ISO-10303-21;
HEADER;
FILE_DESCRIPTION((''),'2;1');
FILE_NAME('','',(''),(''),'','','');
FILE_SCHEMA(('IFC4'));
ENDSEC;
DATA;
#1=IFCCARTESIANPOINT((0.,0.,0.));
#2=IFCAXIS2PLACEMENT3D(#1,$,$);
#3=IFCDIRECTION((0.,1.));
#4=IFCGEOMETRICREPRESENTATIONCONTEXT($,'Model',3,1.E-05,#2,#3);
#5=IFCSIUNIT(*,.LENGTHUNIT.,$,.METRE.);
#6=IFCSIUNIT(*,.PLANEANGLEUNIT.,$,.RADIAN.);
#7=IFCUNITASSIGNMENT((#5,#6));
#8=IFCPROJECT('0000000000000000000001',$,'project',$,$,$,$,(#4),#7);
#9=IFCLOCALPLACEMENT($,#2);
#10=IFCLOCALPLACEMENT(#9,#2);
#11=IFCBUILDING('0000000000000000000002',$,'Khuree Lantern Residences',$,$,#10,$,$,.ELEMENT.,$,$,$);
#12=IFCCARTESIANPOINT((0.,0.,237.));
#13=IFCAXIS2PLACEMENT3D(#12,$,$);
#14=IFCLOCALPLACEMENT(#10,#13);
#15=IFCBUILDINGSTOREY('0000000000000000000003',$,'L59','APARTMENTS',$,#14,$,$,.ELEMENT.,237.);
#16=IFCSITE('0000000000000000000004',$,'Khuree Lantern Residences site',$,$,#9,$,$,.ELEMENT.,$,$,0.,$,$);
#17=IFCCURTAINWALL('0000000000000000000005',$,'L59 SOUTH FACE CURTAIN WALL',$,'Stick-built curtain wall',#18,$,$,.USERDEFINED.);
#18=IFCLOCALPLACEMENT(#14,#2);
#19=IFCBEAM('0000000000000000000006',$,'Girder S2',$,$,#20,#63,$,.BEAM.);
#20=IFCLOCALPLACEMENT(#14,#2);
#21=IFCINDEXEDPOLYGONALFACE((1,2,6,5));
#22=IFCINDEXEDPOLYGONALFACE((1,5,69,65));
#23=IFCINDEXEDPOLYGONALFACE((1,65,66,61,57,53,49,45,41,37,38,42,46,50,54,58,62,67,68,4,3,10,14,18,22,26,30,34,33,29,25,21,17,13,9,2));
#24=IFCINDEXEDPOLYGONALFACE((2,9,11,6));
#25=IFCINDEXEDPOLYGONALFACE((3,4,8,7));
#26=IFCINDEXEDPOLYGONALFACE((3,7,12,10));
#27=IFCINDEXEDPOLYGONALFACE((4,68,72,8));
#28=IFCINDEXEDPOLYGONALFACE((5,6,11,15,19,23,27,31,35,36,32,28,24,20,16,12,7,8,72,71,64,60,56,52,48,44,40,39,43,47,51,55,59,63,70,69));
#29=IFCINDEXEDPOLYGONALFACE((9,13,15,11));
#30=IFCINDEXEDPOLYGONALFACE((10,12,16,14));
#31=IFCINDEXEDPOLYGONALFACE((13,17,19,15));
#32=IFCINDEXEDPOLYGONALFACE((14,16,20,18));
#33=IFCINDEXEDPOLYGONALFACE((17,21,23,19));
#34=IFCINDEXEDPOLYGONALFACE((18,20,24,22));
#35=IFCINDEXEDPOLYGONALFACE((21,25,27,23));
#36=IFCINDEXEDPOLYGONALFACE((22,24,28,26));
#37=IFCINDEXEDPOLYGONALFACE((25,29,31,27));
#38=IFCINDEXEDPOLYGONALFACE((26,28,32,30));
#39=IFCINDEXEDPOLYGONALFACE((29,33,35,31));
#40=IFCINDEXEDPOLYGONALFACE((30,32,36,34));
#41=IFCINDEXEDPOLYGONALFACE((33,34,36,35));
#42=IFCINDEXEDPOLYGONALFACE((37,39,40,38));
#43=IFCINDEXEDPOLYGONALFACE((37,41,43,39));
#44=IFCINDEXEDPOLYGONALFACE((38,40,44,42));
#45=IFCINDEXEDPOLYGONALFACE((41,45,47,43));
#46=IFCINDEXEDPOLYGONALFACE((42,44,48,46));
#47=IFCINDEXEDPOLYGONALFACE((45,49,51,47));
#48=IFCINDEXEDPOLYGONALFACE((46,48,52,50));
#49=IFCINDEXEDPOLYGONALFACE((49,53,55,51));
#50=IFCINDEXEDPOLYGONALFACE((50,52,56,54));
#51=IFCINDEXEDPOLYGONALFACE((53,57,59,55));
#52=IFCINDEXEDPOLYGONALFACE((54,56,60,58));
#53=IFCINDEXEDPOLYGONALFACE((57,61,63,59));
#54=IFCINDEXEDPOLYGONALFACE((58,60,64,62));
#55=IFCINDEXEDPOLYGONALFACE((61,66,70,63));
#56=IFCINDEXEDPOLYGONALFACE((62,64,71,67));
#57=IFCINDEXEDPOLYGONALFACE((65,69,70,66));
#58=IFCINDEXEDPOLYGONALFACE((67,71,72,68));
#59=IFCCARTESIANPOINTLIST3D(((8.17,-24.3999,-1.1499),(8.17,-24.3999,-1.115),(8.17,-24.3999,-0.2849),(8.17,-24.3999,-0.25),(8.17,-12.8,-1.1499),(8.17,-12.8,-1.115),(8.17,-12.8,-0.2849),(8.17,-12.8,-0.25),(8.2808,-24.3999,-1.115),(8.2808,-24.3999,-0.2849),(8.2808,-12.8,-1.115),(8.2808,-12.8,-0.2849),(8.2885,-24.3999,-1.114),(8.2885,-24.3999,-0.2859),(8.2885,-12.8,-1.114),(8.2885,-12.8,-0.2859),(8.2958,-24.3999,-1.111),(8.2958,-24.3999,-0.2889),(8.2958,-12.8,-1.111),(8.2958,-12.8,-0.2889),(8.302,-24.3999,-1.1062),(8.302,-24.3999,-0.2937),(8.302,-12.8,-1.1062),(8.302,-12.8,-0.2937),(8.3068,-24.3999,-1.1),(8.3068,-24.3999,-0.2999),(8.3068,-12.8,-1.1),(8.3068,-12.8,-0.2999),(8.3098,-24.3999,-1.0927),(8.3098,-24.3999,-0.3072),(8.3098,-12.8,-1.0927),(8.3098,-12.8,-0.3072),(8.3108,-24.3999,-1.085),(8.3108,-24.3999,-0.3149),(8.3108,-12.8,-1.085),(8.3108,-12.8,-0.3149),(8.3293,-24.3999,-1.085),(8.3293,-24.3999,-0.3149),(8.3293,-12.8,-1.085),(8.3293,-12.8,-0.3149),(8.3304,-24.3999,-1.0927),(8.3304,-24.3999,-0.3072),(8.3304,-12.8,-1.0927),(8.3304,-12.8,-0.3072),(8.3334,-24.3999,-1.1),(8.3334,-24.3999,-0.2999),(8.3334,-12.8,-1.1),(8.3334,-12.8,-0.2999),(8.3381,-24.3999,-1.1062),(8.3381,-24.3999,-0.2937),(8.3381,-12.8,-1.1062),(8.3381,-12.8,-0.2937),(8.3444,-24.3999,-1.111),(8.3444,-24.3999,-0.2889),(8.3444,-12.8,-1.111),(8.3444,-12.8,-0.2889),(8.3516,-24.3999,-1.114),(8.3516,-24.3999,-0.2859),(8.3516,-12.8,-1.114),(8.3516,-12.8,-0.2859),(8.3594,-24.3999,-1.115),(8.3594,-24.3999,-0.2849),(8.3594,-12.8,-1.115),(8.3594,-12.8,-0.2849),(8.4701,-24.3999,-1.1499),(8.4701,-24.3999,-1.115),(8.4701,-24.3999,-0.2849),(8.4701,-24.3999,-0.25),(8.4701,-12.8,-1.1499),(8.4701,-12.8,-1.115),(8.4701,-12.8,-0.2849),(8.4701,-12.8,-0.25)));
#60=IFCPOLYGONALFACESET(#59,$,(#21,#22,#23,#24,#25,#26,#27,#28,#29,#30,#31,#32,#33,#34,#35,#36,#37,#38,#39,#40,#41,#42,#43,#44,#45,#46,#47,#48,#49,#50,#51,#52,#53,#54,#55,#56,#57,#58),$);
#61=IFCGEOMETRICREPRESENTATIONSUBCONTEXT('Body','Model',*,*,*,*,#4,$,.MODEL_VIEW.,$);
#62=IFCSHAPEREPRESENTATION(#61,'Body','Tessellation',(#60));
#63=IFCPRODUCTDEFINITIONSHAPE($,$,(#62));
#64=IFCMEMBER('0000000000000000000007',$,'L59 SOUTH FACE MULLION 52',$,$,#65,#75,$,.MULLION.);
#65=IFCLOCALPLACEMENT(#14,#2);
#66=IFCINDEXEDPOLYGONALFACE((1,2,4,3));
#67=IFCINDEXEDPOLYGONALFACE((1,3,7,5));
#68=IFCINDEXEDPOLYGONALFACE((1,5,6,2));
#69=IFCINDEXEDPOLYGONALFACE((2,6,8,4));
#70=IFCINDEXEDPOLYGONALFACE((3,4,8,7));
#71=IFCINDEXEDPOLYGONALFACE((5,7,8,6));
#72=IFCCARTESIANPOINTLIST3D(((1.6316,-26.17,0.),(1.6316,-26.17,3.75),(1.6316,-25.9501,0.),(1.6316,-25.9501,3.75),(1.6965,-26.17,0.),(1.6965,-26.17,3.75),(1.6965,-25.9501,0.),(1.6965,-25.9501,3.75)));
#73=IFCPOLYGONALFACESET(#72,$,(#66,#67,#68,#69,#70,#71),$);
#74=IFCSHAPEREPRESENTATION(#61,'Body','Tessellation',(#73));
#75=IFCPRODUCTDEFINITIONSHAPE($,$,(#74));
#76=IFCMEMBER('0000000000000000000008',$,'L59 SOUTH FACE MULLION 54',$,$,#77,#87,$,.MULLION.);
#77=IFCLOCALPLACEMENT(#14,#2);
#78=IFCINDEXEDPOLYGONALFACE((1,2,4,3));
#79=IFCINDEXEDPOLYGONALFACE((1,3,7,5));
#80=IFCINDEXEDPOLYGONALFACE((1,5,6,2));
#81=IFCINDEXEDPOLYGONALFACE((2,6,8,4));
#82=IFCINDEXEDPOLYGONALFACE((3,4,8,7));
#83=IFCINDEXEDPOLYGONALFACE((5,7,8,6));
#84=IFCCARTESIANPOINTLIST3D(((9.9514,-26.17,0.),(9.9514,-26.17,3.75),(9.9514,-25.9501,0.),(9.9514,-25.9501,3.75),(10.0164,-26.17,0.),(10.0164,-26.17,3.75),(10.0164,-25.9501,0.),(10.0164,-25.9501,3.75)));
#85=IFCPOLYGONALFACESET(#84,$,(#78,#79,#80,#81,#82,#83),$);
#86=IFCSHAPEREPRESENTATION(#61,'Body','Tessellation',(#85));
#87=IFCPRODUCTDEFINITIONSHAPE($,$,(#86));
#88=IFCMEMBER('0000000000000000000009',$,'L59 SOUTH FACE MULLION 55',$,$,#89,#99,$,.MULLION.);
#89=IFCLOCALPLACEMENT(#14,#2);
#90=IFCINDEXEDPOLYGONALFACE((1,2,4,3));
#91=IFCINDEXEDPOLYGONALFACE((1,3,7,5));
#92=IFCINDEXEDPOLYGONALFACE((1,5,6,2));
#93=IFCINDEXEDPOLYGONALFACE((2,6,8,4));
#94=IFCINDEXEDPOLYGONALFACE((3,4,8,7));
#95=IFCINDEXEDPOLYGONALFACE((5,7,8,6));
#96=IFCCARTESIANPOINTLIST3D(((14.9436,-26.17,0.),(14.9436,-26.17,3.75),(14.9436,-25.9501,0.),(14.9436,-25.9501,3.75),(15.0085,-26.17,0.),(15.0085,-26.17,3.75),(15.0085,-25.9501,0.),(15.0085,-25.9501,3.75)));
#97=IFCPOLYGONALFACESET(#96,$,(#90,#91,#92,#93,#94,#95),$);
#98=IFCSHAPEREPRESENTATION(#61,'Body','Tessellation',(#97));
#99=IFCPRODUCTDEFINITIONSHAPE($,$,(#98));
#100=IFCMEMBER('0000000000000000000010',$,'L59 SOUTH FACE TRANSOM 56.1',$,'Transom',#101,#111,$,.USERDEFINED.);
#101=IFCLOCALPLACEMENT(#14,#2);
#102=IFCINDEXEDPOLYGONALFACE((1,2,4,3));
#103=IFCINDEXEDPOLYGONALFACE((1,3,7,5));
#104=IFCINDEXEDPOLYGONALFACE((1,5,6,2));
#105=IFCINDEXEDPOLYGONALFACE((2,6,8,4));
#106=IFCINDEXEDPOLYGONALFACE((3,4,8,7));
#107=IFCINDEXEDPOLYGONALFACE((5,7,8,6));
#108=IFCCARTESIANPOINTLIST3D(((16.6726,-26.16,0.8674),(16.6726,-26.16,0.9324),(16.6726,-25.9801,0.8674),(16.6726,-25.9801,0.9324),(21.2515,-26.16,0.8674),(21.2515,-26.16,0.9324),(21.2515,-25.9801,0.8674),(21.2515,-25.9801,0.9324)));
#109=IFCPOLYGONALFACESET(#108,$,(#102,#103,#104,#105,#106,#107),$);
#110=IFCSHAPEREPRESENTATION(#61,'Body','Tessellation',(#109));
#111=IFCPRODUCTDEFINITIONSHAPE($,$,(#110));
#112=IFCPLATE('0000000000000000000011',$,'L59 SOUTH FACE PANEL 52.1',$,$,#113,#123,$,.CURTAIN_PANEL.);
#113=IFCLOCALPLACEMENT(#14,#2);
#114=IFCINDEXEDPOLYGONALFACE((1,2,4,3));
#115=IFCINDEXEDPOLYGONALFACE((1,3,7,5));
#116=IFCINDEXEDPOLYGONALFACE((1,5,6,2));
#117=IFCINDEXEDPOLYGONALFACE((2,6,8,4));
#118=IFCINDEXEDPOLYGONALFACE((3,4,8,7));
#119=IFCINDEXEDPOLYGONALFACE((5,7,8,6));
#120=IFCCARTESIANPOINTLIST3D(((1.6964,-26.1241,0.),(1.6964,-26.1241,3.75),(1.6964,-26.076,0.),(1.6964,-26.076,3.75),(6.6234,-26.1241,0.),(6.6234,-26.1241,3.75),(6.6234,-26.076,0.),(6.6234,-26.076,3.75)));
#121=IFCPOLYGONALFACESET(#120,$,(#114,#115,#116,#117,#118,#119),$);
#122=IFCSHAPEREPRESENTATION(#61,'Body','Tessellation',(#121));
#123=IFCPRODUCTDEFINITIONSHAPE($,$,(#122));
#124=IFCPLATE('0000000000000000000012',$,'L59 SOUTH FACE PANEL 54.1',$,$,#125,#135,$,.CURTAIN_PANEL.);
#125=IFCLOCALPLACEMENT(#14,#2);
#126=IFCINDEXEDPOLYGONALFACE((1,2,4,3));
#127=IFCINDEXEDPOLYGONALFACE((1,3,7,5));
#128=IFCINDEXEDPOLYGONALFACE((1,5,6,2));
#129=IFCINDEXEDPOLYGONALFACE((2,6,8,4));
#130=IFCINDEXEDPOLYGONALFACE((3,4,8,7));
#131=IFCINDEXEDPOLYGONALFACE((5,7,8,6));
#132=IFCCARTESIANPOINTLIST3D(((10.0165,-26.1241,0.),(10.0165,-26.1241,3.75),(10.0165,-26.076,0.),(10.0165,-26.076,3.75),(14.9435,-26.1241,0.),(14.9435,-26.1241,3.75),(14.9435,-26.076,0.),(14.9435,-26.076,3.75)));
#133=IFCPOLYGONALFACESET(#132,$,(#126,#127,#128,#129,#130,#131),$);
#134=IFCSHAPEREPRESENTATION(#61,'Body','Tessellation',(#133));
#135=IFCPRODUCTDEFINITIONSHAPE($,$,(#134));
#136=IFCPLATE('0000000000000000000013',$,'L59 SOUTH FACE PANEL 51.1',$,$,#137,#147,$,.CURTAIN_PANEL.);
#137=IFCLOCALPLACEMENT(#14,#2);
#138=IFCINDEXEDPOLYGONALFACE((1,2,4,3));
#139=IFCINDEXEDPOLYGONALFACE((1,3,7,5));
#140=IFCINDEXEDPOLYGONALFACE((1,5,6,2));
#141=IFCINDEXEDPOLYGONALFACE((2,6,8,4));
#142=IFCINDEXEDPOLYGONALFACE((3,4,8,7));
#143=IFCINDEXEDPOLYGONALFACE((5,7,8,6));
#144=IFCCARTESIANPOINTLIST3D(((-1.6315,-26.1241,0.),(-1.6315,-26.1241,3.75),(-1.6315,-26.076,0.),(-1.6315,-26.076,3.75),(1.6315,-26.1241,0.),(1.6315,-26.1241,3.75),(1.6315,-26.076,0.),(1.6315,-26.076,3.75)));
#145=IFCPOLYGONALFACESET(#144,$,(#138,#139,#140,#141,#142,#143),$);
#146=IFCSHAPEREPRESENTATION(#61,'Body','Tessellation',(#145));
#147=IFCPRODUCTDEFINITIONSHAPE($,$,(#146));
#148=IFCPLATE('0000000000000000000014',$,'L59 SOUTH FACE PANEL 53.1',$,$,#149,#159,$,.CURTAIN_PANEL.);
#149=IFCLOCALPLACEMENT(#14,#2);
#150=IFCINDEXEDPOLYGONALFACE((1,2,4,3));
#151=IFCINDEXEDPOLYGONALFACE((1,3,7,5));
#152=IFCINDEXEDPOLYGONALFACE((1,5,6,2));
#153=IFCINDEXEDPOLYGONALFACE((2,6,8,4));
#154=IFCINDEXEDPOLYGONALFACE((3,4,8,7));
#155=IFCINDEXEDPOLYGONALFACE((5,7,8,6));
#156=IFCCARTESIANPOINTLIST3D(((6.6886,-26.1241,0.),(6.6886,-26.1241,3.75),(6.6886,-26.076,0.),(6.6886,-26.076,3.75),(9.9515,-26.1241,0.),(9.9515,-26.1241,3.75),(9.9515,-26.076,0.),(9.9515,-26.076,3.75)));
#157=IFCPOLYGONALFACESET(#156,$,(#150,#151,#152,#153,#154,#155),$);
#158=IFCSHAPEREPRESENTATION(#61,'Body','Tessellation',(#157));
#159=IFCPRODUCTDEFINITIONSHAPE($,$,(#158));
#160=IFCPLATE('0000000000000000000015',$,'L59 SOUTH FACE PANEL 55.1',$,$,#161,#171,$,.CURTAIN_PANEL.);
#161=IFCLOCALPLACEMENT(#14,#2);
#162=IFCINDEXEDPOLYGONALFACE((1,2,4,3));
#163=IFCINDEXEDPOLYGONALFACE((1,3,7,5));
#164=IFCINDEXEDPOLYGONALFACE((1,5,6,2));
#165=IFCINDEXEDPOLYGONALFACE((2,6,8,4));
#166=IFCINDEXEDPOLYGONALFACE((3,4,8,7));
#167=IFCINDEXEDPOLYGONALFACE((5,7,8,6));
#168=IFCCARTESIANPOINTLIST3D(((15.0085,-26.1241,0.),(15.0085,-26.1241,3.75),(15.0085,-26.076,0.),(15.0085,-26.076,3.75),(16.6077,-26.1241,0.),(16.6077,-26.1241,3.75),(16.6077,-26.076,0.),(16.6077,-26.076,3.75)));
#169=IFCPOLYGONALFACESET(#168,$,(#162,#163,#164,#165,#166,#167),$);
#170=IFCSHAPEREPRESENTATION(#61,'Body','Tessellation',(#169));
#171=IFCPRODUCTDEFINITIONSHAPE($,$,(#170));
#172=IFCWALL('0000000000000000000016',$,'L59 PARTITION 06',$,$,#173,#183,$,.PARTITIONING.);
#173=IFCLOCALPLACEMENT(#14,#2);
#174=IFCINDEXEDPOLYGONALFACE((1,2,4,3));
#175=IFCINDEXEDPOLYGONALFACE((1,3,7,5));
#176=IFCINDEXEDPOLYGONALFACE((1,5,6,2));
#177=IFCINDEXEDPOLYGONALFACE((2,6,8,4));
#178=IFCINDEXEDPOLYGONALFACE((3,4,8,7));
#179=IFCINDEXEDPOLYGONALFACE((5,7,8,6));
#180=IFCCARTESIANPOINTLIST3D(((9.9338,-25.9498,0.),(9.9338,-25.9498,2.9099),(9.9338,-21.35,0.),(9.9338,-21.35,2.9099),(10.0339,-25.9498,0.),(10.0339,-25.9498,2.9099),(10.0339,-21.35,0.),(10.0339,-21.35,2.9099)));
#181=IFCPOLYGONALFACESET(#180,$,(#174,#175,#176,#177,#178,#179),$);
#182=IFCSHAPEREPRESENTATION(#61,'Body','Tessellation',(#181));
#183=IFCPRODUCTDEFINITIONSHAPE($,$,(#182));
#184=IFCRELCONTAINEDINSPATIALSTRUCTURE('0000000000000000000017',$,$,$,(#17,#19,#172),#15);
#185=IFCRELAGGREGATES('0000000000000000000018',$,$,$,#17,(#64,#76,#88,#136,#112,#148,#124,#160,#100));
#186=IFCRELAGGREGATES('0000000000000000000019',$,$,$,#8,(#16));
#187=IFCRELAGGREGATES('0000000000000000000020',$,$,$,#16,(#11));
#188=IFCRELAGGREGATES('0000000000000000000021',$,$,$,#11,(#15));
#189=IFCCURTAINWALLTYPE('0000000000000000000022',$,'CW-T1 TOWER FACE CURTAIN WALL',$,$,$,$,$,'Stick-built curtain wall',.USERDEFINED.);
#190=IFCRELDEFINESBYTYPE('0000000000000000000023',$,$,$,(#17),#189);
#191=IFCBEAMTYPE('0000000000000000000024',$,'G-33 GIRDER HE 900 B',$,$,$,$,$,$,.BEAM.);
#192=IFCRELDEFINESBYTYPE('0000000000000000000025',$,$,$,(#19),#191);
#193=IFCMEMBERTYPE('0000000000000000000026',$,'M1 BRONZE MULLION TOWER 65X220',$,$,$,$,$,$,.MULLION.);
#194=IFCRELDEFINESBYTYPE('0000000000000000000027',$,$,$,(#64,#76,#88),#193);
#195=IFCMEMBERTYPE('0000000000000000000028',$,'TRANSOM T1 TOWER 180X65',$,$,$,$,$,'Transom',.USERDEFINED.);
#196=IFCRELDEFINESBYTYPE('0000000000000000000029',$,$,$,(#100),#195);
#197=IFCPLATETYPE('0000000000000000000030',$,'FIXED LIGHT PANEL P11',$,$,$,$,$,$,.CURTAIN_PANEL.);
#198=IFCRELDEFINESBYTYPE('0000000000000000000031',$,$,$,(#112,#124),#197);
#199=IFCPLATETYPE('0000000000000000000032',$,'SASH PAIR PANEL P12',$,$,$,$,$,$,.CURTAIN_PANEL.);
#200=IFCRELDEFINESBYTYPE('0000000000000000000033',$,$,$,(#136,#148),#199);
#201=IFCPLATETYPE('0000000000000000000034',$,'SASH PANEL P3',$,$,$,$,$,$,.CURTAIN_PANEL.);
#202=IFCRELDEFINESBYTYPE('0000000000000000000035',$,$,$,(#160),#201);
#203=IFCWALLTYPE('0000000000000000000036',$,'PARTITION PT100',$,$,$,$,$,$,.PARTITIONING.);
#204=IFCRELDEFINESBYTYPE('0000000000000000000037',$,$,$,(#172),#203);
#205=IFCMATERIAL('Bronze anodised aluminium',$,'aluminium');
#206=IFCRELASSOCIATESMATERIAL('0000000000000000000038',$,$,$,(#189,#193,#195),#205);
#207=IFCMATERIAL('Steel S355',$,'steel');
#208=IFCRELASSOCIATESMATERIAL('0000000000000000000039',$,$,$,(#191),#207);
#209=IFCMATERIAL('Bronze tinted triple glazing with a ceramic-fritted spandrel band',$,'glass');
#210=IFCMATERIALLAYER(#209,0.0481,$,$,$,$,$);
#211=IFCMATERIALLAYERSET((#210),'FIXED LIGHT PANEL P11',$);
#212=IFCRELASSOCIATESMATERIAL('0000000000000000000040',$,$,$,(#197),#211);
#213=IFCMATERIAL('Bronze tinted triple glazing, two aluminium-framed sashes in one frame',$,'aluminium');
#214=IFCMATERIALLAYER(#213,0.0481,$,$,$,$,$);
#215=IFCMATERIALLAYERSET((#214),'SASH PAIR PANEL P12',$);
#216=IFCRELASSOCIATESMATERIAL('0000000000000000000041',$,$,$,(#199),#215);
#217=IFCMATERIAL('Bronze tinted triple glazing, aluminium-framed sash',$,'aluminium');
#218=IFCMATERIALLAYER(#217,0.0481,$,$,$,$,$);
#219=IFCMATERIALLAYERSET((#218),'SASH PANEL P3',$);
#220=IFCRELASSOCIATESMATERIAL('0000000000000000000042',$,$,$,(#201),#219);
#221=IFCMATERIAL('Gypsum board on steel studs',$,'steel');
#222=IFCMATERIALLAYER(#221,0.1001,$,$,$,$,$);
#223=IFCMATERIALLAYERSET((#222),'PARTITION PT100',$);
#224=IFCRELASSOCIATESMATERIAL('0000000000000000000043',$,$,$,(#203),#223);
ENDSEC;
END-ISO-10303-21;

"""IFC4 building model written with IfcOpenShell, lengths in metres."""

from ifc_helpers import new_model, si_unit, direction, frame, frame_2d, origin, origin_2d, place, context, subcontext, project, spatial, rectangle, i_section, extrude, material, layer, layer_set, material_profile, profile_set, type_object, element, aggregate, save


model = new_model("IFC4")

# Units and contexts
model_context = context("Model", 3, precision=1e-05, world=origin(), true_north=direction((0.0, 1.0)))
body_context = subcontext(model_context, "Body", "Model", "MODEL_VIEW")
ifc_project = project(units=[si_unit("LENGTHUNIT", "METRE"), si_unit("PLANEANGLEUNIT", "RADIAN")], contexts=[model_context])

# Site, building, storey
site_placement = place(None, origin())
site = spatial("IfcSite", under=ifc_project, at=site_placement, Name="Khuree Lantern Residences site", CompositionType="ELEMENT", RefElevation=0.0)
building_placement = place(site_placement, origin())
building = spatial("IfcBuilding", under=site, at=building_placement, Name="Khuree Lantern Residences", CompositionType="ELEMENT")
storey_placement = place(building_placement, frame((0.0, 0.0, 237.0)))
storey = spatial("IfcBuildingStorey", under=building, at=storey_placement, Name="L59", Description="APARTMENTS", CompositionType="ELEMENT", Elevation=237.0)

# Shared definitions
ifc_material_1 = material(Name="Steel S355", Category="steel")

# Curtain wall
ifc_material_2 = material(Name="Bronze anodised aluminium", Category="aluminium")
curtain_wall_type = type_object("IfcCurtainWallType", Name="CW-T1 TOWER FACE CURTAIN WALL", ElementType="Stick-built curtain wall", PredefinedType="USERDEFINED", material=ifc_material_2)
curtain_wall_placement = place(storey_placement, origin())
curtain_wall = element("IfcCurtainWall", 1, at=curtain_wall_placement, inside=storey, type_object=curtain_wall_type, Name="L59 SOUTH FACE CURTAIN WALL", ObjectType="Stick-built curtain wall", PredefinedType="USERDEFINED")

# Beam
ifc_material_profile_1 = material_profile(ifc_material_1, i_section(OverallWidth=0.3, OverallDepth=0.8999, WebThickness=0.0186, FlangeThickness=0.0349, FilletRadius=0.03, at=origin_2d()), Name="HE 900 B")
ifc_profile_set_1 = profile_set([ifc_material_profile_1], Name="Steel S355")
beam_type_1 = type_object("IfcBeamType", Name="G-33 GIRDER HE 900 B", PredefinedType="BEAM", material=ifc_profile_set_1)
beam_1_placement = place(storey_placement, frame((8.3201, -24.3999, -0.7), z_axis=(0.0, 1.0, 0.0), x_axis=(-1.0, 0.0, 0.0)))
element("IfcBeam", 2, at=beam_1_placement, inside=storey, type_object=beam_type_1, Name="Girder S2", PredefinedType="BEAM", context=body_context, shape_type="SweptSolid", body=[
    extrude(i_section(OverallWidth=0.3, OverallDepth=0.8999, WebThickness=0.0186, FlangeThickness=0.0349, FilletRadius=0.03, at=origin_2d()), origin(), (0.0, 0.0, 1.0), 11.5999),
])

# Members
ifc_material_profile_2 = material_profile(ifc_material_2, rectangle(XDim=0.0649, YDim=0.22, at=origin_2d()), Name="M1 65X220")
ifc_profile_set_2 = profile_set([ifc_material_profile_2], Name="Bronze anodised aluminium")
member_type_1 = type_object("IfcMemberType", Name="M1 BRONZE MULLION TOWER 65X220", PredefinedType="MULLION", material=ifc_profile_set_2)
member_1_placement = place(storey_placement, frame((1.6641, -26.0601, 0.0), z_axis=(0.0, 0.0, 1.0), x_axis=(1.0, 0.0, 0.0)))
member_1 = element("IfcMember", 3, at=member_1_placement, type_object=member_type_1, Name="L59 SOUTH FACE MULLION 52", PredefinedType="MULLION", context=body_context, shape_type="SweptSolid", body=[
    extrude(rectangle(XDim=0.0649, YDim=0.22, at=origin_2d()), origin(), (0.0, 0.0, 1.0), 3.75),
])
member_2_placement = place(storey_placement, frame((9.9839, -26.0601, 0.0), z_axis=(0.0, 0.0, 1.0), x_axis=(1.0, 0.0, 0.0)))
member_2 = element("IfcMember", 4, at=member_2_placement, type_object=member_type_1, Name="L59 SOUTH FACE MULLION 54", PredefinedType="MULLION", context=body_context, shape_type="SweptSolid", body=[
    extrude(rectangle(XDim=0.0649, YDim=0.22, at=origin_2d()), origin(), (0.0, 0.0, 1.0), 3.75),
])
member_3_placement = place(storey_placement, frame((14.9761, -26.0601, 0.0), z_axis=(0.0, 0.0, 1.0), x_axis=(1.0, 0.0, 0.0)))
member_3 = element("IfcMember", 5, at=member_3_placement, type_object=member_type_1, Name="L59 SOUTH FACE MULLION 55", PredefinedType="MULLION", context=body_context, shape_type="SweptSolid", body=[
    extrude(rectangle(XDim=0.0649, YDim=0.22, at=origin_2d()), origin(), (0.0, 0.0, 1.0), 3.75),
])
ifc_material_profile_3 = material_profile(ifc_material_2, rectangle(XDim=0.1799, YDim=0.0649, at=origin_2d()), Name="T1 180X65")
ifc_profile_set_3 = profile_set([ifc_material_profile_3], Name="Bronze anodised aluminium")
member_type_2 = type_object("IfcMemberType", Name="TRANSOM T1 TOWER 180X65", ElementType="Transom", PredefinedType="USERDEFINED", material=ifc_profile_set_3)
member_4_placement = place(storey_placement, frame((16.6726, -26.0701, 0.8999), z_axis=(1.0, 0.0, 0.0), x_axis=(0.0, 1.0, 0.0)))
member_4 = element("IfcMember", 6, at=member_4_placement, type_object=member_type_2, Name="L59 SOUTH FACE TRANSOM 56.1", ObjectType="Transom", PredefinedType="USERDEFINED", context=body_context, shape_type="SweptSolid", body=[
    extrude(rectangle(XDim=0.1799, YDim=0.0649, at=origin_2d()), origin(), (0.0, 0.0, 1.0), 4.5789),
])

# Plates
ifc_material_3 = material(Name="Bronze tinted triple glazing with a ceramic-fritted spandrel band", Category="glass")
ifc_layer_1 = layer(ifc_material_3, 0.0481)
ifc_layer_set_1 = layer_set([ifc_layer_1], Name="FIXED LIGHT PANEL P11")
plate_type_1 = type_object("IfcPlateType", Name="FIXED LIGHT PANEL P11", PredefinedType="CURTAIN_PANEL", material=ifc_layer_set_1)
plate_1_placement = place(storey_placement, frame((4.1599, -26.1001, 0.0), z_axis=(0.0, 0.0, 1.0), x_axis=(1.0, 0.0, 0.0)))
plate_1 = element("IfcPlate", 7, at=plate_1_placement, type_object=plate_type_1, Name="L59 SOUTH FACE PANEL 52.1", PredefinedType="CURTAIN_PANEL", context=body_context, shape_type="SweptSolid", body=[
    extrude(rectangle(XDim=4.927, YDim=0.0481, at=origin_2d()), origin(), (0.0, 0.0, 1.0), 3.75),
])
plate_2_placement = place(storey_placement, frame((12.48, -26.1001, 0.0), z_axis=(0.0, 0.0, 1.0), x_axis=(1.0, 0.0, 0.0)))
plate_2 = element("IfcPlate", 8, at=plate_2_placement, type_object=plate_type_1, Name="L59 SOUTH FACE PANEL 54.1", PredefinedType="CURTAIN_PANEL", context=body_context, shape_type="SweptSolid", body=[
    extrude(rectangle(XDim=4.927, YDim=0.0481, at=origin_2d()), origin(), (0.0, 0.0, 1.0), 3.75),
])
ifc_material_4 = material(Name="Bronze tinted triple glazing, two aluminium-framed sashes in one frame", Category="aluminium")
ifc_layer_2 = layer(ifc_material_4, 0.0481)
ifc_layer_set_2 = layer_set([ifc_layer_2], Name="SASH PAIR PANEL P12")
plate_type_2 = type_object("IfcPlateType", Name="SASH PAIR PANEL P12", PredefinedType="CURTAIN_PANEL", material=ifc_layer_set_2)
plate_3_placement = place(storey_placement, frame((0.0, -26.1001, 0.0), z_axis=(0.0, 0.0, 1.0), x_axis=(1.0, 0.0, 0.0)))
plate_3 = element("IfcPlate", 9, at=plate_3_placement, type_object=plate_type_2, Name="L59 SOUTH FACE PANEL 51.1", PredefinedType="CURTAIN_PANEL", context=body_context, shape_type="SweptSolid", body=[
    extrude(rectangle(XDim=3.2629, YDim=0.0481, at=origin_2d()), origin(), (0.0, 0.0, 1.0), 3.75),
])
plate_4_placement = place(storey_placement, frame((8.3201, -26.1001, 0.0), z_axis=(0.0, 0.0, 1.0), x_axis=(1.0, 0.0, 0.0)))
plate_4 = element("IfcPlate", 10, at=plate_4_placement, type_object=plate_type_2, Name="L59 SOUTH FACE PANEL 53.1", PredefinedType="CURTAIN_PANEL", context=body_context, shape_type="SweptSolid", body=[
    extrude(rectangle(XDim=3.2629, YDim=0.0481, at=origin_2d()), origin(), (0.0, 0.0, 1.0), 3.75),
])
ifc_material_5 = material(Name="Bronze tinted triple glazing, aluminium-framed sash", Category="aluminium")
ifc_layer_3 = layer(ifc_material_5, 0.0481)
ifc_layer_set_3 = layer_set([ifc_layer_3], Name="SASH PANEL P3")
plate_type_3 = type_object("IfcPlateType", Name="SASH PANEL P3", PredefinedType="CURTAIN_PANEL", material=ifc_layer_set_3)
plate_5_placement = place(storey_placement, frame((15.8081, -26.1001, 0.0), z_axis=(0.0, 0.0, 1.0), x_axis=(1.0, 0.0, 0.0)))
plate_5 = element("IfcPlate", 11, at=plate_5_placement, type_object=plate_type_3, Name="L59 SOUTH FACE PANEL 55.1", PredefinedType="CURTAIN_PANEL", context=body_context, shape_type="SweptSolid", body=[
    extrude(rectangle(XDim=1.5991, YDim=0.0481, at=origin_2d()), origin(), (0.0, 0.0, 1.0), 3.75),
])
aggregate(curtain_wall, [member_1, member_2, member_3, plate_3, plate_1, plate_4, plate_2, plate_5, member_4])

# Wall
ifc_material_6 = material(Name="Gypsum board on steel studs", Category="steel")
ifc_layer_4 = layer(ifc_material_6, 0.1001)
ifc_layer_set_4 = layer_set([ifc_layer_4], Name="PARTITION PT100")
wall_type = type_object("IfcWallType", Name="PARTITION PT100", PredefinedType="PARTITIONING", material=ifc_layer_set_4)
wall_1_placement = place(storey_placement, frame((9.9839, -21.3501, 0.0), z_axis=(0.0, 0.0, 1.0), x_axis=(0.0, -1.0, 0.0)))
element("IfcWall", 12, at=wall_1_placement, inside=storey, type_object=wall_type, Name="L59 PARTITION 06", PredefinedType="PARTITIONING", context=body_context, shape_type="SweptSolid", body=[
    extrude(rectangle(XDim=4.5999, YDim=0.1001, at=frame_2d((2.2998, 0.0))), origin(), (0.0, 0.0, 1.0), 2.9099),
])

save(model, "model.ifc")
